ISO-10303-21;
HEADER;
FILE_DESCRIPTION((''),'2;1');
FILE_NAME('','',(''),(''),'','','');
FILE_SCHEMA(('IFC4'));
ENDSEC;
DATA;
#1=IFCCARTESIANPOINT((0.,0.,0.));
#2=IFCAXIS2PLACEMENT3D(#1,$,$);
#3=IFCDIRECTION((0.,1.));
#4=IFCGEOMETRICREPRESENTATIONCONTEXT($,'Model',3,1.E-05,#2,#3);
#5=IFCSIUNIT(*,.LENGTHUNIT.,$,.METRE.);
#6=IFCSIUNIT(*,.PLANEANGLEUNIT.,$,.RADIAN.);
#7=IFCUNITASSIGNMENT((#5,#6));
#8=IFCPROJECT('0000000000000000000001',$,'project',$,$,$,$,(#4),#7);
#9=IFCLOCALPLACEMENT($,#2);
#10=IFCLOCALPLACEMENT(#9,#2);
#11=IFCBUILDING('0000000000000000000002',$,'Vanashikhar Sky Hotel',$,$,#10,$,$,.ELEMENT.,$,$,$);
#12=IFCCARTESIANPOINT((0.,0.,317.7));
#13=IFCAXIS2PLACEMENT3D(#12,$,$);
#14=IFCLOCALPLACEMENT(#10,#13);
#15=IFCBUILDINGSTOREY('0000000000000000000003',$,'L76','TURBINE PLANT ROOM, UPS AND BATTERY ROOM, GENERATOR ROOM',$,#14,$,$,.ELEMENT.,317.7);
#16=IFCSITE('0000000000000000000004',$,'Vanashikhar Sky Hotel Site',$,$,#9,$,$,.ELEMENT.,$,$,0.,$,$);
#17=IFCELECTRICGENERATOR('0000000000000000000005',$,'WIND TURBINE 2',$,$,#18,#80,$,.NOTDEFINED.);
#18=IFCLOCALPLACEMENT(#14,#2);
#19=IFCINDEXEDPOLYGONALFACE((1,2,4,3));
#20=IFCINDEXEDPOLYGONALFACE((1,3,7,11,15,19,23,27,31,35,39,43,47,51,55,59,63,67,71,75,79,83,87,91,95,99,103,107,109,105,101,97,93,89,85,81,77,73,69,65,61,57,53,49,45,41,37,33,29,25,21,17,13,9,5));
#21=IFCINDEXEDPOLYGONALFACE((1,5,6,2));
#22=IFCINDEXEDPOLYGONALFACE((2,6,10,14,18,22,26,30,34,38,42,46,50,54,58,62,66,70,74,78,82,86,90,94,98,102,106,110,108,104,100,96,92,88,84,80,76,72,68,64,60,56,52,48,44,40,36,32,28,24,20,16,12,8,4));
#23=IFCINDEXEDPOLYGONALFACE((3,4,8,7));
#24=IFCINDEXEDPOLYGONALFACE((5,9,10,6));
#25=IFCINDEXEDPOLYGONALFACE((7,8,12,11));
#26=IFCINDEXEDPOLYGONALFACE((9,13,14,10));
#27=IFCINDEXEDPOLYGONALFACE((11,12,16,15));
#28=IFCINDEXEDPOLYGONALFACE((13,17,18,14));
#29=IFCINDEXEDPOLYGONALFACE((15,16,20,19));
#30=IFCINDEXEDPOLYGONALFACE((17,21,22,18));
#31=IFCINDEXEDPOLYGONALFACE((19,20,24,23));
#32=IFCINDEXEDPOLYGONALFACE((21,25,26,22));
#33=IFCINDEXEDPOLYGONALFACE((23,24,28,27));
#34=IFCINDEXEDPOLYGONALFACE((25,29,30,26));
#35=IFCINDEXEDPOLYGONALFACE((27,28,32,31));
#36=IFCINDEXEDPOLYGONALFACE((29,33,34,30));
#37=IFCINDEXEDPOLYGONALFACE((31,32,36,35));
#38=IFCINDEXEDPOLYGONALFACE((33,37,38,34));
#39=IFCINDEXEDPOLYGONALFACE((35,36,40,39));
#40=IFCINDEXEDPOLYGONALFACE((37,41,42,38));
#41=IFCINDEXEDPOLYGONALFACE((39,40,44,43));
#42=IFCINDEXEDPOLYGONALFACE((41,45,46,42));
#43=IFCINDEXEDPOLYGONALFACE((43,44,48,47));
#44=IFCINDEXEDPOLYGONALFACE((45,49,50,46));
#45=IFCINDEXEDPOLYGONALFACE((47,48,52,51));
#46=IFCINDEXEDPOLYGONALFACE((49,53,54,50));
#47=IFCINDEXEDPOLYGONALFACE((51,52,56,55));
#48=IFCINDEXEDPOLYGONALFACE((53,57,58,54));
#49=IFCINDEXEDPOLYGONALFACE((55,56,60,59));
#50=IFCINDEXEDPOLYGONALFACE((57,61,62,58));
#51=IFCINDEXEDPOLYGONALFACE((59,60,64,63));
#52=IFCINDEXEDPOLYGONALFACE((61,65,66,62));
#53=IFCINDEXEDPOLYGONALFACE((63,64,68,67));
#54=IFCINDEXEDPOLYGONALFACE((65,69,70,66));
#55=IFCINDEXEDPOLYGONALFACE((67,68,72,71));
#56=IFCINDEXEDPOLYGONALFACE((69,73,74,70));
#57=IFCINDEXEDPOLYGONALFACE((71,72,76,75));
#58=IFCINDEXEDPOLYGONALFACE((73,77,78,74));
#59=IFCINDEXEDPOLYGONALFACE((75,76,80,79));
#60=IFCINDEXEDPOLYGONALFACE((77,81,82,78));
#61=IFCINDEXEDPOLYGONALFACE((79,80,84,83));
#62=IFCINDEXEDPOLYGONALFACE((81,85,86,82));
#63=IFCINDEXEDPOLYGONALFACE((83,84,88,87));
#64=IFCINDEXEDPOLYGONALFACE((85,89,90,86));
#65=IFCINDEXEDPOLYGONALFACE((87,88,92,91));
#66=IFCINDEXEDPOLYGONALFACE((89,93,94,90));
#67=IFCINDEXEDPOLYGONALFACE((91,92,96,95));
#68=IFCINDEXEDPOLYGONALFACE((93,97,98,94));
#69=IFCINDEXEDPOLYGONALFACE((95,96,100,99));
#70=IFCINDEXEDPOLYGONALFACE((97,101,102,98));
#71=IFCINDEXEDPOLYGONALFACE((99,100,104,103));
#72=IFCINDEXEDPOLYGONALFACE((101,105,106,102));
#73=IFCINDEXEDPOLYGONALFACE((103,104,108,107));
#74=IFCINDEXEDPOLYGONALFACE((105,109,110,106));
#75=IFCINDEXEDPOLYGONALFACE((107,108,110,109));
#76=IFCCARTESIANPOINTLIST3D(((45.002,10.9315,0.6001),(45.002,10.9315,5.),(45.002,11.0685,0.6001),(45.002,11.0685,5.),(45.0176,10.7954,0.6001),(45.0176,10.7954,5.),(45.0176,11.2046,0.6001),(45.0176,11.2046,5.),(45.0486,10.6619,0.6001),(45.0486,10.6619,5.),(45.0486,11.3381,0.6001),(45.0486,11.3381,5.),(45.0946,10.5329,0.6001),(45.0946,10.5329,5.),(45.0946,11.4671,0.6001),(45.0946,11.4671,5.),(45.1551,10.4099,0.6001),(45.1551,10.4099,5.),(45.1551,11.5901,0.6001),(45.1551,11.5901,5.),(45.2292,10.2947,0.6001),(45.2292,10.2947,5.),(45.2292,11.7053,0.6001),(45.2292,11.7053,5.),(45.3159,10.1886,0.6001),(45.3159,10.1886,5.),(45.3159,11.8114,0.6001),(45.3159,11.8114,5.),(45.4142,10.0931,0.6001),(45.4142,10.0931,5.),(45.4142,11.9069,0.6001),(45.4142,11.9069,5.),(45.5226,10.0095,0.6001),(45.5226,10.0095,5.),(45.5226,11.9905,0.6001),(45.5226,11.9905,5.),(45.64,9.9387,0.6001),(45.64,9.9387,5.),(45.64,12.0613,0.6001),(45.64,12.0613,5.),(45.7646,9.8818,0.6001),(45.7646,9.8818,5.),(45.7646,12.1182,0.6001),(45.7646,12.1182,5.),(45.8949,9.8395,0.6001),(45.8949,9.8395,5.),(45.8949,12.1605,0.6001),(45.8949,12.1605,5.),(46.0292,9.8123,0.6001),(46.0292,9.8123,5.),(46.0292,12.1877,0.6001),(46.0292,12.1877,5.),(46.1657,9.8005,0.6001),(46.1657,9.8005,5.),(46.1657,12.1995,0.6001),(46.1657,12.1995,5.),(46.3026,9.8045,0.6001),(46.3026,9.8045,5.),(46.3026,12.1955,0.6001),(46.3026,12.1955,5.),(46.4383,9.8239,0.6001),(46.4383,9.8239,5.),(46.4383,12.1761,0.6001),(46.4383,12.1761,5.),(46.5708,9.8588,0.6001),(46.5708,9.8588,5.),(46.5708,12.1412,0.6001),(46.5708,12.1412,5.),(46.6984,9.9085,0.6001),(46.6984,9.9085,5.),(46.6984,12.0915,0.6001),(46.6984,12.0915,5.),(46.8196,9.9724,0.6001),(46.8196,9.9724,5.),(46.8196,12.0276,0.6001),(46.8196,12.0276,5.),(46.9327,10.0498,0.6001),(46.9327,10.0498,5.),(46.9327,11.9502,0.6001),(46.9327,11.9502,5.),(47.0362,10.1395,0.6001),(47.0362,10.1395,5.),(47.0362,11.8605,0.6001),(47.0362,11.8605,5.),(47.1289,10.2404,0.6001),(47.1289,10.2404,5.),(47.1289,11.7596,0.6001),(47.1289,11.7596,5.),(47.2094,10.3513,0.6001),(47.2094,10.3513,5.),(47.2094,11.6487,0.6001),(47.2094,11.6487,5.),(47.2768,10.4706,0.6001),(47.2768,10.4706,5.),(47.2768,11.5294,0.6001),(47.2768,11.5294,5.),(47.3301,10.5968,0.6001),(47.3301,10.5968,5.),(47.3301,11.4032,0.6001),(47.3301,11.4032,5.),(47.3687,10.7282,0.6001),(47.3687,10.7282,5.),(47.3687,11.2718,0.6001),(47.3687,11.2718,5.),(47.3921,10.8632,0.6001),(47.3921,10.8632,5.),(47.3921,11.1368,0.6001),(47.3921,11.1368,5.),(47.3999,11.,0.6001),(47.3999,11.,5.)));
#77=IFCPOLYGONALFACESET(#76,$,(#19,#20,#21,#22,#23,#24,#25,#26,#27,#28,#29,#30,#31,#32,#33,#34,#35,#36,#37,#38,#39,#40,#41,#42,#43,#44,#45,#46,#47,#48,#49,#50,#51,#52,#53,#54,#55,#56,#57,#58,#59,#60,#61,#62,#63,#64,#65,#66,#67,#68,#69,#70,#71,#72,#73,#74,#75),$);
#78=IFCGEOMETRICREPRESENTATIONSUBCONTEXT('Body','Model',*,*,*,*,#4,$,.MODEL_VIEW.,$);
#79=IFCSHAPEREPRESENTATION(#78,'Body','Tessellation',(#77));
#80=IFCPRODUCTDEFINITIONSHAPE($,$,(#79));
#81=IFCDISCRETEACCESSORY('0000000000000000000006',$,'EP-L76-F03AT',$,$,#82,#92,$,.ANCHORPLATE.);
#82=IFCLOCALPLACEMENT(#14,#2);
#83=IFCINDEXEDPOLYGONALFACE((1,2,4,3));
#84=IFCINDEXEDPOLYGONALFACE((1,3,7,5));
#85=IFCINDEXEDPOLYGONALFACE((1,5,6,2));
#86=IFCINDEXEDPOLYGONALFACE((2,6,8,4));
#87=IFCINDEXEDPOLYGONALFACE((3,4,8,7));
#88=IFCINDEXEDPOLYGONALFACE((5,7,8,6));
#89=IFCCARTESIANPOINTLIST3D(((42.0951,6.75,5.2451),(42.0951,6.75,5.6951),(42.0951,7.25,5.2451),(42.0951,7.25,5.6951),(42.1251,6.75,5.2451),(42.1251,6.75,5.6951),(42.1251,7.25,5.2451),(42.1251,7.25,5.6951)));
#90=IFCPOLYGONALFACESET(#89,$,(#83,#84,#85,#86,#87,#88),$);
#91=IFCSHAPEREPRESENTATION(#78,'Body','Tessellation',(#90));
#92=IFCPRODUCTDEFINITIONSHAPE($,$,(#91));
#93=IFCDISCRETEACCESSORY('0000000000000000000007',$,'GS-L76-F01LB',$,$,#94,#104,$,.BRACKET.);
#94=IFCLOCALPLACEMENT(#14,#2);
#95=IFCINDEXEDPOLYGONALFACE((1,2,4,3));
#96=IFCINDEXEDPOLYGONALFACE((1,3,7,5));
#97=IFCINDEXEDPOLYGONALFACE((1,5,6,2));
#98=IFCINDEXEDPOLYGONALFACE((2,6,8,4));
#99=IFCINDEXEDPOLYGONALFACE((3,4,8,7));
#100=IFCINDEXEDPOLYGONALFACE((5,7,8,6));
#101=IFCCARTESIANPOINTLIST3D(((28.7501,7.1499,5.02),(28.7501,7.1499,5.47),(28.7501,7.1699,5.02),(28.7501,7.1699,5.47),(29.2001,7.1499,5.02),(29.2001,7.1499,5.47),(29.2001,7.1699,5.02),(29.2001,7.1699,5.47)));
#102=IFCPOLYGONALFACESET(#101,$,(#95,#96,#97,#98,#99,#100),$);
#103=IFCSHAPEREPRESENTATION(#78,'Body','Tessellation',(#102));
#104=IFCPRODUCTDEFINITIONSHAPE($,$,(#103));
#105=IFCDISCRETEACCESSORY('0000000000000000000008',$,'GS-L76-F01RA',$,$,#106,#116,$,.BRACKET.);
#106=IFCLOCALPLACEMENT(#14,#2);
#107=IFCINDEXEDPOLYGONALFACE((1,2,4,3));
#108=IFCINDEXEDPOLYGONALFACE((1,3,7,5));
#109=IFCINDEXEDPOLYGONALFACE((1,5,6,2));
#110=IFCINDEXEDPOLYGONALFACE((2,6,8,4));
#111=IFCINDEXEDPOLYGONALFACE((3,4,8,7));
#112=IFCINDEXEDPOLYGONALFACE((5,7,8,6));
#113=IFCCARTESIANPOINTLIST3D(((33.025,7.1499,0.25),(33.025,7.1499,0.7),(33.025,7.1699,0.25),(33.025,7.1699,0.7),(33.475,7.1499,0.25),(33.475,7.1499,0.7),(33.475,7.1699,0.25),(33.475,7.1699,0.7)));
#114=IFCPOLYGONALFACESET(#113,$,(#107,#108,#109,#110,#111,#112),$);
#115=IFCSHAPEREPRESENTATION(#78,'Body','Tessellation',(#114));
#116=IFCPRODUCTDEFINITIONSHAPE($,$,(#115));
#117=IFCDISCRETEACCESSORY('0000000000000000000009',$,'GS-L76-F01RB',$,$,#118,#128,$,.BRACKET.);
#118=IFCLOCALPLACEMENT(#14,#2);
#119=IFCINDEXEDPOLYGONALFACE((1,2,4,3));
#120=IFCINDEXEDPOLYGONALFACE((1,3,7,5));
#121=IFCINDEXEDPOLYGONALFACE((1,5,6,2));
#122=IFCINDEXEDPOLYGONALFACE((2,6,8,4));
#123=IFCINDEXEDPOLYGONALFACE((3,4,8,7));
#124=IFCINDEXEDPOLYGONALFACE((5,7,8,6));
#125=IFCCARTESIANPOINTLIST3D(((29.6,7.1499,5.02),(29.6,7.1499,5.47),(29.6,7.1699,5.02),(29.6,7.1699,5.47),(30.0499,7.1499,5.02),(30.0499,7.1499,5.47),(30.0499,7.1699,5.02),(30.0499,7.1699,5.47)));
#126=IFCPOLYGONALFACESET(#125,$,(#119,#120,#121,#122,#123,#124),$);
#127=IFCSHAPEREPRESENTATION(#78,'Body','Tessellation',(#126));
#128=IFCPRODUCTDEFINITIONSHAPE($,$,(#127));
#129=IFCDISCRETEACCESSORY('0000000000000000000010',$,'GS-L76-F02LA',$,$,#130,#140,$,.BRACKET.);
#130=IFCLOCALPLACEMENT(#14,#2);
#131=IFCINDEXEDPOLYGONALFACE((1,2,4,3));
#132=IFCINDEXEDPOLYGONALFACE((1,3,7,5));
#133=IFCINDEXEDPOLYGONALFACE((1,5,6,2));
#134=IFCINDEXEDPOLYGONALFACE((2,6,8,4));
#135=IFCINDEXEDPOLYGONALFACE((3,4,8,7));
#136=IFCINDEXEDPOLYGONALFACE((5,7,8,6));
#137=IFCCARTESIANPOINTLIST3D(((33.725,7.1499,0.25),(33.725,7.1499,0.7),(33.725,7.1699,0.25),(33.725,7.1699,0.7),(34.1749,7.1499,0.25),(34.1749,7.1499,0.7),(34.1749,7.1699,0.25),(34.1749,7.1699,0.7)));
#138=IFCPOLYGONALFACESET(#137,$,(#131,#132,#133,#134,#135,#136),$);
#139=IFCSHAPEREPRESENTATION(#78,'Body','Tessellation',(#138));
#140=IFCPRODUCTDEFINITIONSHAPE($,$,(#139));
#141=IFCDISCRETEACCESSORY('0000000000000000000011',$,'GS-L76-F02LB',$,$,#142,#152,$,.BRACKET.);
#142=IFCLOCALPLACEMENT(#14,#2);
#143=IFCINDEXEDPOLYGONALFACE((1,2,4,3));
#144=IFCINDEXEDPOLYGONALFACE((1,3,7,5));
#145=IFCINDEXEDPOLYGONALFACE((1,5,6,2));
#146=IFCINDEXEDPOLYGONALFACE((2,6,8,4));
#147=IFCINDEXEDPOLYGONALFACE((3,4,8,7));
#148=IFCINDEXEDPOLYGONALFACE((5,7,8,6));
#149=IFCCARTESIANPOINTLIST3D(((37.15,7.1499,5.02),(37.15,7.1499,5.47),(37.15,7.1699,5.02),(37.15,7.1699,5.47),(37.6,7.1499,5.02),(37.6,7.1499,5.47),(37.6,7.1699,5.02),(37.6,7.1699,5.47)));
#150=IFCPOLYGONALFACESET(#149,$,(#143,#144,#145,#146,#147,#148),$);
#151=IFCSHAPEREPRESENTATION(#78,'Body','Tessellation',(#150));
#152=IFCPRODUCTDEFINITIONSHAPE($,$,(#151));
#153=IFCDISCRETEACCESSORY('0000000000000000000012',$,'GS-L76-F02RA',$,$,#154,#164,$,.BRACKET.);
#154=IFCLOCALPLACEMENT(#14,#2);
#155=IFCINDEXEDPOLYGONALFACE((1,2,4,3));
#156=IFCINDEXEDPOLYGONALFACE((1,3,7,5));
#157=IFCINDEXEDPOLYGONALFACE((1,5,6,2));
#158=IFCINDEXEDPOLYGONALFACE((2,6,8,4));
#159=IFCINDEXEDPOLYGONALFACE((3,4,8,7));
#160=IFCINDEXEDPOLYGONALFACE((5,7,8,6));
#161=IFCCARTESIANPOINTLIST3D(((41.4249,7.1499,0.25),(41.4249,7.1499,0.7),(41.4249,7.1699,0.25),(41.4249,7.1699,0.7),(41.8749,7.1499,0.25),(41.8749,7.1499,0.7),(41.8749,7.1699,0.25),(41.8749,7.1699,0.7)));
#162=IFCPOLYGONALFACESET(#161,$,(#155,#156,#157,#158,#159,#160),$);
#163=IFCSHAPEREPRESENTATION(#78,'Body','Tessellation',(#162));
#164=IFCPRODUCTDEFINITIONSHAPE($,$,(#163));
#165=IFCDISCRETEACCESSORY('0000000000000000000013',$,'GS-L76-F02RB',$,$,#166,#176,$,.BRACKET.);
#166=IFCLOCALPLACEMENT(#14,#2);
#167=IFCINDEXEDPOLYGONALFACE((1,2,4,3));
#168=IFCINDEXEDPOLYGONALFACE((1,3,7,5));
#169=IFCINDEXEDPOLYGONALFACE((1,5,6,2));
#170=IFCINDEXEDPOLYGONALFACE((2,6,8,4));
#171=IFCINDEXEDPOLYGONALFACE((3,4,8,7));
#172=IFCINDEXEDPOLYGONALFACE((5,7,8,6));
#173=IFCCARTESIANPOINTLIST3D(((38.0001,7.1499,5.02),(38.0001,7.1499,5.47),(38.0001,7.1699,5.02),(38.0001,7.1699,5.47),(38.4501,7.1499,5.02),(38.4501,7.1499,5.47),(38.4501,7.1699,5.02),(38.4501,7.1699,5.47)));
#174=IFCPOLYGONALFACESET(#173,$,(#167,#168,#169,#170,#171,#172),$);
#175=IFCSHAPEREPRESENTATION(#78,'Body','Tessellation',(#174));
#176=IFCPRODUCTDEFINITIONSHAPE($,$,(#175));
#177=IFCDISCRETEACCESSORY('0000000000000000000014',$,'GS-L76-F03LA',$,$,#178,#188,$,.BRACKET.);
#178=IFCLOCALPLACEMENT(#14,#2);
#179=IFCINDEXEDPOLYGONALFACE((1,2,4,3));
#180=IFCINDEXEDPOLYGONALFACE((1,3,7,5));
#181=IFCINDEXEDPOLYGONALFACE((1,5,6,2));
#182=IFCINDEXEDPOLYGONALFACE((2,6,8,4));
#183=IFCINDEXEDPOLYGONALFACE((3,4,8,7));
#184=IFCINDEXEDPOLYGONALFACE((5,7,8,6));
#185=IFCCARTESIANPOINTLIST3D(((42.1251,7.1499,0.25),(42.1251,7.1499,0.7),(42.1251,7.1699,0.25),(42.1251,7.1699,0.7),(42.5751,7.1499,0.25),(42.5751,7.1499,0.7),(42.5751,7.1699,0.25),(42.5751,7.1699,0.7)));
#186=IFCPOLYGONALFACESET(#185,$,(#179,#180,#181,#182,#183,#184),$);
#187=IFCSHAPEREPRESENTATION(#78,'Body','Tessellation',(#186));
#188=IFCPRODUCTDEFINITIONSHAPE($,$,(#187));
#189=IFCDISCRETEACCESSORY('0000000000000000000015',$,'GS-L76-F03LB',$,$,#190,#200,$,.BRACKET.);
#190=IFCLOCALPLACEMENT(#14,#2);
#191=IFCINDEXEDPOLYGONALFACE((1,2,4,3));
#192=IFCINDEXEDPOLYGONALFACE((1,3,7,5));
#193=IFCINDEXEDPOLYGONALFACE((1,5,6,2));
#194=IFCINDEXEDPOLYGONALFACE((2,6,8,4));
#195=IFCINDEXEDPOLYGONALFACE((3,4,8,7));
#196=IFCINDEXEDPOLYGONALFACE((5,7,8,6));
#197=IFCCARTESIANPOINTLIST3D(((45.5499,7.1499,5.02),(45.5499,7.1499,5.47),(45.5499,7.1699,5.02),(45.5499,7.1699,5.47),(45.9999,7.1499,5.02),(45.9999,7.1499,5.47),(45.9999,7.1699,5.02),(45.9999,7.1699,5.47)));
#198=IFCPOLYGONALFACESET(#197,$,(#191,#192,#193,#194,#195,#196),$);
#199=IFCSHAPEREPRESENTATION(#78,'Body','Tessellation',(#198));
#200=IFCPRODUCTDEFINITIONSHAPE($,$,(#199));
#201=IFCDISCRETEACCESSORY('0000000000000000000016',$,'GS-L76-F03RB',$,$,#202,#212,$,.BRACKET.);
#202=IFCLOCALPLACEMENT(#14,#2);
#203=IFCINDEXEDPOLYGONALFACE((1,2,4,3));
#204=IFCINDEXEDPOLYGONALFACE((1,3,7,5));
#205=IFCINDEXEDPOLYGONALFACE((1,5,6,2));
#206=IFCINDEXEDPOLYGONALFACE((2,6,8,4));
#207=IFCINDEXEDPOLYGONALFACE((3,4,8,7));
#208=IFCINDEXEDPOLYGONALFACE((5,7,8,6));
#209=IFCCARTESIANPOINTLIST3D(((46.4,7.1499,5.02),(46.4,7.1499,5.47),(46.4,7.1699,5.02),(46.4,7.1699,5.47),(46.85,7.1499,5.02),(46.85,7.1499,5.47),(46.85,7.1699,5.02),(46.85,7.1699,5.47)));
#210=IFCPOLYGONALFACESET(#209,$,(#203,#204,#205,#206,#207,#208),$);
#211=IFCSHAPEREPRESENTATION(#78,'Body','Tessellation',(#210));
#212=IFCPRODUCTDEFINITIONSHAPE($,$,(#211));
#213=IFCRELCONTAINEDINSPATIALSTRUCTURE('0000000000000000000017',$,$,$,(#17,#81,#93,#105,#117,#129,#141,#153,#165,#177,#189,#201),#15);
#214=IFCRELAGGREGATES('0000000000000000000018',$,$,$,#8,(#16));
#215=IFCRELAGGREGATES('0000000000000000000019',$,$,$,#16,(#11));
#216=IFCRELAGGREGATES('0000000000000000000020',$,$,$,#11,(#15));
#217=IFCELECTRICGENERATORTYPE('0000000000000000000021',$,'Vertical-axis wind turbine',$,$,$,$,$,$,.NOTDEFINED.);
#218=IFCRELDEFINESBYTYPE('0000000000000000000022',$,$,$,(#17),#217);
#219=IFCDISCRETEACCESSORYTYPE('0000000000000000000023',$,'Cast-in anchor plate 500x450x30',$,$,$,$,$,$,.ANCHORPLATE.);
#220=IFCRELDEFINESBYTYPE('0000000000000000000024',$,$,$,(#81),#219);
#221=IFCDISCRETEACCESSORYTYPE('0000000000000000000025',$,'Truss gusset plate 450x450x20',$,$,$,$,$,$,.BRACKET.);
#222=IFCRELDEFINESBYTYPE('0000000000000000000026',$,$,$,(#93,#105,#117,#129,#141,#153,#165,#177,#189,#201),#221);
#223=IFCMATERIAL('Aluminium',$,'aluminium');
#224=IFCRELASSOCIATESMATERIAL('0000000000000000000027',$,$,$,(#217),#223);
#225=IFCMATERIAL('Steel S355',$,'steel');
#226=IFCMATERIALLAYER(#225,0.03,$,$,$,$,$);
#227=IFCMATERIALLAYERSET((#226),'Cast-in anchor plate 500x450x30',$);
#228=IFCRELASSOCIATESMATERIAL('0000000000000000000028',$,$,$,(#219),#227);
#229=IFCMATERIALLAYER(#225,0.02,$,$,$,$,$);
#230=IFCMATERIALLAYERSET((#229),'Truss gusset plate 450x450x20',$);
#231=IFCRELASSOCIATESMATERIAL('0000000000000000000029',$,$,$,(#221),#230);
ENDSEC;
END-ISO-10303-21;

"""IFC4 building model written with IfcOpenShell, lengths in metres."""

from ifc_helpers import new_model, si_unit, direction, frame, origin, origin_2d, place, context, subcontext, project, spatial, rectangle, circle, extrude, source, transform, mapped, material, layer, layer_set, material_profile, profile_set, type_object, element, save


model = new_model("IFC4")

# Units and contexts
model_context = context("Model", 3, precision=1e-05, world=origin(), true_north=direction((0.0, 1.0)))
body_context = subcontext(model_context, "Body", "Model", "MODEL_VIEW")
ifc_project = project(units=[si_unit("LENGTHUNIT", "METRE"), si_unit("PLANEANGLEUNIT", "RADIAN")], contexts=[model_context])

# Site, building, storey
site_placement = place(None, origin())
site = spatial("IfcSite", under=ifc_project, at=site_placement, Name="Vanashikhar Sky Hotel Site", CompositionType="ELEMENT", RefElevation=0.0)
building_placement = place(site_placement, origin())
building = spatial("IfcBuilding", under=site, at=building_placement, Name="Vanashikhar Sky Hotel", CompositionType="ELEMENT")
storey_placement = place(building_placement, frame((0.0, 0.0, 317.7)))
storey = spatial("IfcBuildingStorey", under=building, at=storey_placement, Name="L76", Description="TURBINE PLANT ROOM, UPS AND BATTERY ROOM, GENERATOR ROOM", CompositionType="ELEMENT", Elevation=317.7)

# Shared definitions
ifc_material_1 = material(Name="Steel S355", Category="steel")

# Electric generator
ifc_material_2 = material(Name="Aluminium", Category="aluminium")
ifc_material_profile_1 = material_profile(ifc_material_2, circle(Radius=1.2, at=origin_2d()))
ifc_profile_set_1 = profile_set([ifc_material_profile_1], Name="Vertical-axis wind turbine")
electric_generator_type = type_object("IfcElectricGeneratorType", Name="Vertical-axis wind turbine", PredefinedType="NOTDEFINED", material=ifc_profile_set_1)
shared_shape_1 = source(origin(), body_context, "Body", "SweptSolid", [
    extrude(circle(Radius=1.2, at=origin_2d()), origin(), (0.0, 0.0, 1.0), 4.3999),
])
for number, where, z_axis, x_axis, name in (
    (1, (46.2, 11.0, 0.6001), (0.0, 0.0, 1.0), (1.0, 0.0, 0.0), "WIND TURBINE 2"),
):
    element("IfcElectricGenerator", number, at=place(storey_placement, frame(where, z_axis=z_axis, x_axis=x_axis)), inside=storey, type_object=electric_generator_type, Name=name, PredefinedType="NOTDEFINED", context=body_context, shape_type="MappedRepresentation", body=[
        mapped(shared_shape_1, transform((0.0, 0.0, 0.0), scale=1.0)),
    ])

# Discrete accessories
ifc_layer_1 = layer(ifc_material_1, 0.03)
ifc_layer_set_1 = layer_set([ifc_layer_1], Name="Cast-in anchor plate 500x450x30")
discrete_accessory_type_1 = type_object("IfcDiscreteAccessoryType", Name="Cast-in anchor plate 500x450x30", PredefinedType="ANCHORPLATE", material=ifc_layer_set_1)
shared_shape_2 = source(origin(), body_context, "Body", "SweptSolid", [
    extrude(rectangle(XDim=0.03, YDim=0.5, at=origin_2d()), origin(), (0.0, 0.0, 1.0), 0.45),
])
discrete_accessory_placement = place(storey_placement, frame((42.1101, 7.0, 5.2451), z_axis=(0.0, 0.0, 1.0), x_axis=(1.0, 0.0, 0.0)))
element("IfcDiscreteAccessory", 2, at=discrete_accessory_placement, inside=storey, type_object=discrete_accessory_type_1, Name="EP-L76-F03AT", PredefinedType="ANCHORPLATE", context=body_context, shape_type="MappedRepresentation", body=[
    mapped(shared_shape_2, transform((0.0, 0.0, 0.0), scale=1.0)),
])
ifc_layer_2 = layer(ifc_material_1, 0.02)
ifc_layer_set_2 = layer_set([ifc_layer_2], Name="Truss gusset plate 450x450x20")
discrete_accessory_type_2 = type_object("IfcDiscreteAccessoryType", Name="Truss gusset plate 450x450x20", PredefinedType="BRACKET", material=ifc_layer_set_2)
shared_shape_3 = source(origin(), body_context, "Body", "SweptSolid", [
    extrude(rectangle(XDim=0.45, YDim=0.02, at=origin_2d()), origin(), (0.0, 0.0, 1.0), 0.45),
])
for number, where, z_axis, x_axis, name in (
    (3, (28.9751, 7.1599, 5.02), (0.0, 0.0, 1.0), (1.0, 0.0, 0.0), "GS-L76-F01LB"),
    (4, (33.25, 7.1599, 0.25), (0.0, 0.0, 1.0), (1.0, 0.0, 0.0), "GS-L76-F01RA"),
    (5, (29.825, 7.1599, 5.02), (0.0, 0.0, 1.0), (1.0, 0.0, 0.0), "GS-L76-F01RB"),
    (6, (33.95, 7.1599, 0.25), (0.0, 0.0, 1.0), (1.0, 0.0, 0.0), "GS-L76-F02LA"),
    (7, (37.375, 7.1599, 5.02), (0.0, 0.0, 1.0), (1.0, 0.0, 0.0), "GS-L76-F02LB"),
    (8, (41.6499, 7.1599, 0.25), (0.0, 0.0, 1.0), (1.0, 0.0, 0.0), "GS-L76-F02RA"),
    (9, (38.2251, 7.1599, 5.02), (0.0, 0.0, 1.0), (1.0, 0.0, 0.0), "GS-L76-F02RB"),
    (10, (42.3501, 7.1599, 0.25), (0.0, 0.0, 1.0), (1.0, 0.0, 0.0), "GS-L76-F03LA"),
    (11, (45.7749, 7.1599, 5.02), (0.0, 0.0, 1.0), (1.0, 0.0, 0.0), "GS-L76-F03LB"),
    (12, (46.625, 7.1599, 5.02), (0.0, 0.0, 1.0), (1.0, 0.0, 0.0), "GS-L76-F03RB"),
):
    element("IfcDiscreteAccessory", number, at=place(storey_placement, frame(where, z_axis=z_axis, x_axis=x_axis)), inside=storey, type_object=discrete_accessory_type_2, Name=name, PredefinedType="BRACKET", context=body_context, shape_type="MappedRepresentation", body=[
        mapped(shared_shape_3, transform((0.0, 0.0, 0.0), scale=1.0)),
    ])

save(model, "model.ifc")
